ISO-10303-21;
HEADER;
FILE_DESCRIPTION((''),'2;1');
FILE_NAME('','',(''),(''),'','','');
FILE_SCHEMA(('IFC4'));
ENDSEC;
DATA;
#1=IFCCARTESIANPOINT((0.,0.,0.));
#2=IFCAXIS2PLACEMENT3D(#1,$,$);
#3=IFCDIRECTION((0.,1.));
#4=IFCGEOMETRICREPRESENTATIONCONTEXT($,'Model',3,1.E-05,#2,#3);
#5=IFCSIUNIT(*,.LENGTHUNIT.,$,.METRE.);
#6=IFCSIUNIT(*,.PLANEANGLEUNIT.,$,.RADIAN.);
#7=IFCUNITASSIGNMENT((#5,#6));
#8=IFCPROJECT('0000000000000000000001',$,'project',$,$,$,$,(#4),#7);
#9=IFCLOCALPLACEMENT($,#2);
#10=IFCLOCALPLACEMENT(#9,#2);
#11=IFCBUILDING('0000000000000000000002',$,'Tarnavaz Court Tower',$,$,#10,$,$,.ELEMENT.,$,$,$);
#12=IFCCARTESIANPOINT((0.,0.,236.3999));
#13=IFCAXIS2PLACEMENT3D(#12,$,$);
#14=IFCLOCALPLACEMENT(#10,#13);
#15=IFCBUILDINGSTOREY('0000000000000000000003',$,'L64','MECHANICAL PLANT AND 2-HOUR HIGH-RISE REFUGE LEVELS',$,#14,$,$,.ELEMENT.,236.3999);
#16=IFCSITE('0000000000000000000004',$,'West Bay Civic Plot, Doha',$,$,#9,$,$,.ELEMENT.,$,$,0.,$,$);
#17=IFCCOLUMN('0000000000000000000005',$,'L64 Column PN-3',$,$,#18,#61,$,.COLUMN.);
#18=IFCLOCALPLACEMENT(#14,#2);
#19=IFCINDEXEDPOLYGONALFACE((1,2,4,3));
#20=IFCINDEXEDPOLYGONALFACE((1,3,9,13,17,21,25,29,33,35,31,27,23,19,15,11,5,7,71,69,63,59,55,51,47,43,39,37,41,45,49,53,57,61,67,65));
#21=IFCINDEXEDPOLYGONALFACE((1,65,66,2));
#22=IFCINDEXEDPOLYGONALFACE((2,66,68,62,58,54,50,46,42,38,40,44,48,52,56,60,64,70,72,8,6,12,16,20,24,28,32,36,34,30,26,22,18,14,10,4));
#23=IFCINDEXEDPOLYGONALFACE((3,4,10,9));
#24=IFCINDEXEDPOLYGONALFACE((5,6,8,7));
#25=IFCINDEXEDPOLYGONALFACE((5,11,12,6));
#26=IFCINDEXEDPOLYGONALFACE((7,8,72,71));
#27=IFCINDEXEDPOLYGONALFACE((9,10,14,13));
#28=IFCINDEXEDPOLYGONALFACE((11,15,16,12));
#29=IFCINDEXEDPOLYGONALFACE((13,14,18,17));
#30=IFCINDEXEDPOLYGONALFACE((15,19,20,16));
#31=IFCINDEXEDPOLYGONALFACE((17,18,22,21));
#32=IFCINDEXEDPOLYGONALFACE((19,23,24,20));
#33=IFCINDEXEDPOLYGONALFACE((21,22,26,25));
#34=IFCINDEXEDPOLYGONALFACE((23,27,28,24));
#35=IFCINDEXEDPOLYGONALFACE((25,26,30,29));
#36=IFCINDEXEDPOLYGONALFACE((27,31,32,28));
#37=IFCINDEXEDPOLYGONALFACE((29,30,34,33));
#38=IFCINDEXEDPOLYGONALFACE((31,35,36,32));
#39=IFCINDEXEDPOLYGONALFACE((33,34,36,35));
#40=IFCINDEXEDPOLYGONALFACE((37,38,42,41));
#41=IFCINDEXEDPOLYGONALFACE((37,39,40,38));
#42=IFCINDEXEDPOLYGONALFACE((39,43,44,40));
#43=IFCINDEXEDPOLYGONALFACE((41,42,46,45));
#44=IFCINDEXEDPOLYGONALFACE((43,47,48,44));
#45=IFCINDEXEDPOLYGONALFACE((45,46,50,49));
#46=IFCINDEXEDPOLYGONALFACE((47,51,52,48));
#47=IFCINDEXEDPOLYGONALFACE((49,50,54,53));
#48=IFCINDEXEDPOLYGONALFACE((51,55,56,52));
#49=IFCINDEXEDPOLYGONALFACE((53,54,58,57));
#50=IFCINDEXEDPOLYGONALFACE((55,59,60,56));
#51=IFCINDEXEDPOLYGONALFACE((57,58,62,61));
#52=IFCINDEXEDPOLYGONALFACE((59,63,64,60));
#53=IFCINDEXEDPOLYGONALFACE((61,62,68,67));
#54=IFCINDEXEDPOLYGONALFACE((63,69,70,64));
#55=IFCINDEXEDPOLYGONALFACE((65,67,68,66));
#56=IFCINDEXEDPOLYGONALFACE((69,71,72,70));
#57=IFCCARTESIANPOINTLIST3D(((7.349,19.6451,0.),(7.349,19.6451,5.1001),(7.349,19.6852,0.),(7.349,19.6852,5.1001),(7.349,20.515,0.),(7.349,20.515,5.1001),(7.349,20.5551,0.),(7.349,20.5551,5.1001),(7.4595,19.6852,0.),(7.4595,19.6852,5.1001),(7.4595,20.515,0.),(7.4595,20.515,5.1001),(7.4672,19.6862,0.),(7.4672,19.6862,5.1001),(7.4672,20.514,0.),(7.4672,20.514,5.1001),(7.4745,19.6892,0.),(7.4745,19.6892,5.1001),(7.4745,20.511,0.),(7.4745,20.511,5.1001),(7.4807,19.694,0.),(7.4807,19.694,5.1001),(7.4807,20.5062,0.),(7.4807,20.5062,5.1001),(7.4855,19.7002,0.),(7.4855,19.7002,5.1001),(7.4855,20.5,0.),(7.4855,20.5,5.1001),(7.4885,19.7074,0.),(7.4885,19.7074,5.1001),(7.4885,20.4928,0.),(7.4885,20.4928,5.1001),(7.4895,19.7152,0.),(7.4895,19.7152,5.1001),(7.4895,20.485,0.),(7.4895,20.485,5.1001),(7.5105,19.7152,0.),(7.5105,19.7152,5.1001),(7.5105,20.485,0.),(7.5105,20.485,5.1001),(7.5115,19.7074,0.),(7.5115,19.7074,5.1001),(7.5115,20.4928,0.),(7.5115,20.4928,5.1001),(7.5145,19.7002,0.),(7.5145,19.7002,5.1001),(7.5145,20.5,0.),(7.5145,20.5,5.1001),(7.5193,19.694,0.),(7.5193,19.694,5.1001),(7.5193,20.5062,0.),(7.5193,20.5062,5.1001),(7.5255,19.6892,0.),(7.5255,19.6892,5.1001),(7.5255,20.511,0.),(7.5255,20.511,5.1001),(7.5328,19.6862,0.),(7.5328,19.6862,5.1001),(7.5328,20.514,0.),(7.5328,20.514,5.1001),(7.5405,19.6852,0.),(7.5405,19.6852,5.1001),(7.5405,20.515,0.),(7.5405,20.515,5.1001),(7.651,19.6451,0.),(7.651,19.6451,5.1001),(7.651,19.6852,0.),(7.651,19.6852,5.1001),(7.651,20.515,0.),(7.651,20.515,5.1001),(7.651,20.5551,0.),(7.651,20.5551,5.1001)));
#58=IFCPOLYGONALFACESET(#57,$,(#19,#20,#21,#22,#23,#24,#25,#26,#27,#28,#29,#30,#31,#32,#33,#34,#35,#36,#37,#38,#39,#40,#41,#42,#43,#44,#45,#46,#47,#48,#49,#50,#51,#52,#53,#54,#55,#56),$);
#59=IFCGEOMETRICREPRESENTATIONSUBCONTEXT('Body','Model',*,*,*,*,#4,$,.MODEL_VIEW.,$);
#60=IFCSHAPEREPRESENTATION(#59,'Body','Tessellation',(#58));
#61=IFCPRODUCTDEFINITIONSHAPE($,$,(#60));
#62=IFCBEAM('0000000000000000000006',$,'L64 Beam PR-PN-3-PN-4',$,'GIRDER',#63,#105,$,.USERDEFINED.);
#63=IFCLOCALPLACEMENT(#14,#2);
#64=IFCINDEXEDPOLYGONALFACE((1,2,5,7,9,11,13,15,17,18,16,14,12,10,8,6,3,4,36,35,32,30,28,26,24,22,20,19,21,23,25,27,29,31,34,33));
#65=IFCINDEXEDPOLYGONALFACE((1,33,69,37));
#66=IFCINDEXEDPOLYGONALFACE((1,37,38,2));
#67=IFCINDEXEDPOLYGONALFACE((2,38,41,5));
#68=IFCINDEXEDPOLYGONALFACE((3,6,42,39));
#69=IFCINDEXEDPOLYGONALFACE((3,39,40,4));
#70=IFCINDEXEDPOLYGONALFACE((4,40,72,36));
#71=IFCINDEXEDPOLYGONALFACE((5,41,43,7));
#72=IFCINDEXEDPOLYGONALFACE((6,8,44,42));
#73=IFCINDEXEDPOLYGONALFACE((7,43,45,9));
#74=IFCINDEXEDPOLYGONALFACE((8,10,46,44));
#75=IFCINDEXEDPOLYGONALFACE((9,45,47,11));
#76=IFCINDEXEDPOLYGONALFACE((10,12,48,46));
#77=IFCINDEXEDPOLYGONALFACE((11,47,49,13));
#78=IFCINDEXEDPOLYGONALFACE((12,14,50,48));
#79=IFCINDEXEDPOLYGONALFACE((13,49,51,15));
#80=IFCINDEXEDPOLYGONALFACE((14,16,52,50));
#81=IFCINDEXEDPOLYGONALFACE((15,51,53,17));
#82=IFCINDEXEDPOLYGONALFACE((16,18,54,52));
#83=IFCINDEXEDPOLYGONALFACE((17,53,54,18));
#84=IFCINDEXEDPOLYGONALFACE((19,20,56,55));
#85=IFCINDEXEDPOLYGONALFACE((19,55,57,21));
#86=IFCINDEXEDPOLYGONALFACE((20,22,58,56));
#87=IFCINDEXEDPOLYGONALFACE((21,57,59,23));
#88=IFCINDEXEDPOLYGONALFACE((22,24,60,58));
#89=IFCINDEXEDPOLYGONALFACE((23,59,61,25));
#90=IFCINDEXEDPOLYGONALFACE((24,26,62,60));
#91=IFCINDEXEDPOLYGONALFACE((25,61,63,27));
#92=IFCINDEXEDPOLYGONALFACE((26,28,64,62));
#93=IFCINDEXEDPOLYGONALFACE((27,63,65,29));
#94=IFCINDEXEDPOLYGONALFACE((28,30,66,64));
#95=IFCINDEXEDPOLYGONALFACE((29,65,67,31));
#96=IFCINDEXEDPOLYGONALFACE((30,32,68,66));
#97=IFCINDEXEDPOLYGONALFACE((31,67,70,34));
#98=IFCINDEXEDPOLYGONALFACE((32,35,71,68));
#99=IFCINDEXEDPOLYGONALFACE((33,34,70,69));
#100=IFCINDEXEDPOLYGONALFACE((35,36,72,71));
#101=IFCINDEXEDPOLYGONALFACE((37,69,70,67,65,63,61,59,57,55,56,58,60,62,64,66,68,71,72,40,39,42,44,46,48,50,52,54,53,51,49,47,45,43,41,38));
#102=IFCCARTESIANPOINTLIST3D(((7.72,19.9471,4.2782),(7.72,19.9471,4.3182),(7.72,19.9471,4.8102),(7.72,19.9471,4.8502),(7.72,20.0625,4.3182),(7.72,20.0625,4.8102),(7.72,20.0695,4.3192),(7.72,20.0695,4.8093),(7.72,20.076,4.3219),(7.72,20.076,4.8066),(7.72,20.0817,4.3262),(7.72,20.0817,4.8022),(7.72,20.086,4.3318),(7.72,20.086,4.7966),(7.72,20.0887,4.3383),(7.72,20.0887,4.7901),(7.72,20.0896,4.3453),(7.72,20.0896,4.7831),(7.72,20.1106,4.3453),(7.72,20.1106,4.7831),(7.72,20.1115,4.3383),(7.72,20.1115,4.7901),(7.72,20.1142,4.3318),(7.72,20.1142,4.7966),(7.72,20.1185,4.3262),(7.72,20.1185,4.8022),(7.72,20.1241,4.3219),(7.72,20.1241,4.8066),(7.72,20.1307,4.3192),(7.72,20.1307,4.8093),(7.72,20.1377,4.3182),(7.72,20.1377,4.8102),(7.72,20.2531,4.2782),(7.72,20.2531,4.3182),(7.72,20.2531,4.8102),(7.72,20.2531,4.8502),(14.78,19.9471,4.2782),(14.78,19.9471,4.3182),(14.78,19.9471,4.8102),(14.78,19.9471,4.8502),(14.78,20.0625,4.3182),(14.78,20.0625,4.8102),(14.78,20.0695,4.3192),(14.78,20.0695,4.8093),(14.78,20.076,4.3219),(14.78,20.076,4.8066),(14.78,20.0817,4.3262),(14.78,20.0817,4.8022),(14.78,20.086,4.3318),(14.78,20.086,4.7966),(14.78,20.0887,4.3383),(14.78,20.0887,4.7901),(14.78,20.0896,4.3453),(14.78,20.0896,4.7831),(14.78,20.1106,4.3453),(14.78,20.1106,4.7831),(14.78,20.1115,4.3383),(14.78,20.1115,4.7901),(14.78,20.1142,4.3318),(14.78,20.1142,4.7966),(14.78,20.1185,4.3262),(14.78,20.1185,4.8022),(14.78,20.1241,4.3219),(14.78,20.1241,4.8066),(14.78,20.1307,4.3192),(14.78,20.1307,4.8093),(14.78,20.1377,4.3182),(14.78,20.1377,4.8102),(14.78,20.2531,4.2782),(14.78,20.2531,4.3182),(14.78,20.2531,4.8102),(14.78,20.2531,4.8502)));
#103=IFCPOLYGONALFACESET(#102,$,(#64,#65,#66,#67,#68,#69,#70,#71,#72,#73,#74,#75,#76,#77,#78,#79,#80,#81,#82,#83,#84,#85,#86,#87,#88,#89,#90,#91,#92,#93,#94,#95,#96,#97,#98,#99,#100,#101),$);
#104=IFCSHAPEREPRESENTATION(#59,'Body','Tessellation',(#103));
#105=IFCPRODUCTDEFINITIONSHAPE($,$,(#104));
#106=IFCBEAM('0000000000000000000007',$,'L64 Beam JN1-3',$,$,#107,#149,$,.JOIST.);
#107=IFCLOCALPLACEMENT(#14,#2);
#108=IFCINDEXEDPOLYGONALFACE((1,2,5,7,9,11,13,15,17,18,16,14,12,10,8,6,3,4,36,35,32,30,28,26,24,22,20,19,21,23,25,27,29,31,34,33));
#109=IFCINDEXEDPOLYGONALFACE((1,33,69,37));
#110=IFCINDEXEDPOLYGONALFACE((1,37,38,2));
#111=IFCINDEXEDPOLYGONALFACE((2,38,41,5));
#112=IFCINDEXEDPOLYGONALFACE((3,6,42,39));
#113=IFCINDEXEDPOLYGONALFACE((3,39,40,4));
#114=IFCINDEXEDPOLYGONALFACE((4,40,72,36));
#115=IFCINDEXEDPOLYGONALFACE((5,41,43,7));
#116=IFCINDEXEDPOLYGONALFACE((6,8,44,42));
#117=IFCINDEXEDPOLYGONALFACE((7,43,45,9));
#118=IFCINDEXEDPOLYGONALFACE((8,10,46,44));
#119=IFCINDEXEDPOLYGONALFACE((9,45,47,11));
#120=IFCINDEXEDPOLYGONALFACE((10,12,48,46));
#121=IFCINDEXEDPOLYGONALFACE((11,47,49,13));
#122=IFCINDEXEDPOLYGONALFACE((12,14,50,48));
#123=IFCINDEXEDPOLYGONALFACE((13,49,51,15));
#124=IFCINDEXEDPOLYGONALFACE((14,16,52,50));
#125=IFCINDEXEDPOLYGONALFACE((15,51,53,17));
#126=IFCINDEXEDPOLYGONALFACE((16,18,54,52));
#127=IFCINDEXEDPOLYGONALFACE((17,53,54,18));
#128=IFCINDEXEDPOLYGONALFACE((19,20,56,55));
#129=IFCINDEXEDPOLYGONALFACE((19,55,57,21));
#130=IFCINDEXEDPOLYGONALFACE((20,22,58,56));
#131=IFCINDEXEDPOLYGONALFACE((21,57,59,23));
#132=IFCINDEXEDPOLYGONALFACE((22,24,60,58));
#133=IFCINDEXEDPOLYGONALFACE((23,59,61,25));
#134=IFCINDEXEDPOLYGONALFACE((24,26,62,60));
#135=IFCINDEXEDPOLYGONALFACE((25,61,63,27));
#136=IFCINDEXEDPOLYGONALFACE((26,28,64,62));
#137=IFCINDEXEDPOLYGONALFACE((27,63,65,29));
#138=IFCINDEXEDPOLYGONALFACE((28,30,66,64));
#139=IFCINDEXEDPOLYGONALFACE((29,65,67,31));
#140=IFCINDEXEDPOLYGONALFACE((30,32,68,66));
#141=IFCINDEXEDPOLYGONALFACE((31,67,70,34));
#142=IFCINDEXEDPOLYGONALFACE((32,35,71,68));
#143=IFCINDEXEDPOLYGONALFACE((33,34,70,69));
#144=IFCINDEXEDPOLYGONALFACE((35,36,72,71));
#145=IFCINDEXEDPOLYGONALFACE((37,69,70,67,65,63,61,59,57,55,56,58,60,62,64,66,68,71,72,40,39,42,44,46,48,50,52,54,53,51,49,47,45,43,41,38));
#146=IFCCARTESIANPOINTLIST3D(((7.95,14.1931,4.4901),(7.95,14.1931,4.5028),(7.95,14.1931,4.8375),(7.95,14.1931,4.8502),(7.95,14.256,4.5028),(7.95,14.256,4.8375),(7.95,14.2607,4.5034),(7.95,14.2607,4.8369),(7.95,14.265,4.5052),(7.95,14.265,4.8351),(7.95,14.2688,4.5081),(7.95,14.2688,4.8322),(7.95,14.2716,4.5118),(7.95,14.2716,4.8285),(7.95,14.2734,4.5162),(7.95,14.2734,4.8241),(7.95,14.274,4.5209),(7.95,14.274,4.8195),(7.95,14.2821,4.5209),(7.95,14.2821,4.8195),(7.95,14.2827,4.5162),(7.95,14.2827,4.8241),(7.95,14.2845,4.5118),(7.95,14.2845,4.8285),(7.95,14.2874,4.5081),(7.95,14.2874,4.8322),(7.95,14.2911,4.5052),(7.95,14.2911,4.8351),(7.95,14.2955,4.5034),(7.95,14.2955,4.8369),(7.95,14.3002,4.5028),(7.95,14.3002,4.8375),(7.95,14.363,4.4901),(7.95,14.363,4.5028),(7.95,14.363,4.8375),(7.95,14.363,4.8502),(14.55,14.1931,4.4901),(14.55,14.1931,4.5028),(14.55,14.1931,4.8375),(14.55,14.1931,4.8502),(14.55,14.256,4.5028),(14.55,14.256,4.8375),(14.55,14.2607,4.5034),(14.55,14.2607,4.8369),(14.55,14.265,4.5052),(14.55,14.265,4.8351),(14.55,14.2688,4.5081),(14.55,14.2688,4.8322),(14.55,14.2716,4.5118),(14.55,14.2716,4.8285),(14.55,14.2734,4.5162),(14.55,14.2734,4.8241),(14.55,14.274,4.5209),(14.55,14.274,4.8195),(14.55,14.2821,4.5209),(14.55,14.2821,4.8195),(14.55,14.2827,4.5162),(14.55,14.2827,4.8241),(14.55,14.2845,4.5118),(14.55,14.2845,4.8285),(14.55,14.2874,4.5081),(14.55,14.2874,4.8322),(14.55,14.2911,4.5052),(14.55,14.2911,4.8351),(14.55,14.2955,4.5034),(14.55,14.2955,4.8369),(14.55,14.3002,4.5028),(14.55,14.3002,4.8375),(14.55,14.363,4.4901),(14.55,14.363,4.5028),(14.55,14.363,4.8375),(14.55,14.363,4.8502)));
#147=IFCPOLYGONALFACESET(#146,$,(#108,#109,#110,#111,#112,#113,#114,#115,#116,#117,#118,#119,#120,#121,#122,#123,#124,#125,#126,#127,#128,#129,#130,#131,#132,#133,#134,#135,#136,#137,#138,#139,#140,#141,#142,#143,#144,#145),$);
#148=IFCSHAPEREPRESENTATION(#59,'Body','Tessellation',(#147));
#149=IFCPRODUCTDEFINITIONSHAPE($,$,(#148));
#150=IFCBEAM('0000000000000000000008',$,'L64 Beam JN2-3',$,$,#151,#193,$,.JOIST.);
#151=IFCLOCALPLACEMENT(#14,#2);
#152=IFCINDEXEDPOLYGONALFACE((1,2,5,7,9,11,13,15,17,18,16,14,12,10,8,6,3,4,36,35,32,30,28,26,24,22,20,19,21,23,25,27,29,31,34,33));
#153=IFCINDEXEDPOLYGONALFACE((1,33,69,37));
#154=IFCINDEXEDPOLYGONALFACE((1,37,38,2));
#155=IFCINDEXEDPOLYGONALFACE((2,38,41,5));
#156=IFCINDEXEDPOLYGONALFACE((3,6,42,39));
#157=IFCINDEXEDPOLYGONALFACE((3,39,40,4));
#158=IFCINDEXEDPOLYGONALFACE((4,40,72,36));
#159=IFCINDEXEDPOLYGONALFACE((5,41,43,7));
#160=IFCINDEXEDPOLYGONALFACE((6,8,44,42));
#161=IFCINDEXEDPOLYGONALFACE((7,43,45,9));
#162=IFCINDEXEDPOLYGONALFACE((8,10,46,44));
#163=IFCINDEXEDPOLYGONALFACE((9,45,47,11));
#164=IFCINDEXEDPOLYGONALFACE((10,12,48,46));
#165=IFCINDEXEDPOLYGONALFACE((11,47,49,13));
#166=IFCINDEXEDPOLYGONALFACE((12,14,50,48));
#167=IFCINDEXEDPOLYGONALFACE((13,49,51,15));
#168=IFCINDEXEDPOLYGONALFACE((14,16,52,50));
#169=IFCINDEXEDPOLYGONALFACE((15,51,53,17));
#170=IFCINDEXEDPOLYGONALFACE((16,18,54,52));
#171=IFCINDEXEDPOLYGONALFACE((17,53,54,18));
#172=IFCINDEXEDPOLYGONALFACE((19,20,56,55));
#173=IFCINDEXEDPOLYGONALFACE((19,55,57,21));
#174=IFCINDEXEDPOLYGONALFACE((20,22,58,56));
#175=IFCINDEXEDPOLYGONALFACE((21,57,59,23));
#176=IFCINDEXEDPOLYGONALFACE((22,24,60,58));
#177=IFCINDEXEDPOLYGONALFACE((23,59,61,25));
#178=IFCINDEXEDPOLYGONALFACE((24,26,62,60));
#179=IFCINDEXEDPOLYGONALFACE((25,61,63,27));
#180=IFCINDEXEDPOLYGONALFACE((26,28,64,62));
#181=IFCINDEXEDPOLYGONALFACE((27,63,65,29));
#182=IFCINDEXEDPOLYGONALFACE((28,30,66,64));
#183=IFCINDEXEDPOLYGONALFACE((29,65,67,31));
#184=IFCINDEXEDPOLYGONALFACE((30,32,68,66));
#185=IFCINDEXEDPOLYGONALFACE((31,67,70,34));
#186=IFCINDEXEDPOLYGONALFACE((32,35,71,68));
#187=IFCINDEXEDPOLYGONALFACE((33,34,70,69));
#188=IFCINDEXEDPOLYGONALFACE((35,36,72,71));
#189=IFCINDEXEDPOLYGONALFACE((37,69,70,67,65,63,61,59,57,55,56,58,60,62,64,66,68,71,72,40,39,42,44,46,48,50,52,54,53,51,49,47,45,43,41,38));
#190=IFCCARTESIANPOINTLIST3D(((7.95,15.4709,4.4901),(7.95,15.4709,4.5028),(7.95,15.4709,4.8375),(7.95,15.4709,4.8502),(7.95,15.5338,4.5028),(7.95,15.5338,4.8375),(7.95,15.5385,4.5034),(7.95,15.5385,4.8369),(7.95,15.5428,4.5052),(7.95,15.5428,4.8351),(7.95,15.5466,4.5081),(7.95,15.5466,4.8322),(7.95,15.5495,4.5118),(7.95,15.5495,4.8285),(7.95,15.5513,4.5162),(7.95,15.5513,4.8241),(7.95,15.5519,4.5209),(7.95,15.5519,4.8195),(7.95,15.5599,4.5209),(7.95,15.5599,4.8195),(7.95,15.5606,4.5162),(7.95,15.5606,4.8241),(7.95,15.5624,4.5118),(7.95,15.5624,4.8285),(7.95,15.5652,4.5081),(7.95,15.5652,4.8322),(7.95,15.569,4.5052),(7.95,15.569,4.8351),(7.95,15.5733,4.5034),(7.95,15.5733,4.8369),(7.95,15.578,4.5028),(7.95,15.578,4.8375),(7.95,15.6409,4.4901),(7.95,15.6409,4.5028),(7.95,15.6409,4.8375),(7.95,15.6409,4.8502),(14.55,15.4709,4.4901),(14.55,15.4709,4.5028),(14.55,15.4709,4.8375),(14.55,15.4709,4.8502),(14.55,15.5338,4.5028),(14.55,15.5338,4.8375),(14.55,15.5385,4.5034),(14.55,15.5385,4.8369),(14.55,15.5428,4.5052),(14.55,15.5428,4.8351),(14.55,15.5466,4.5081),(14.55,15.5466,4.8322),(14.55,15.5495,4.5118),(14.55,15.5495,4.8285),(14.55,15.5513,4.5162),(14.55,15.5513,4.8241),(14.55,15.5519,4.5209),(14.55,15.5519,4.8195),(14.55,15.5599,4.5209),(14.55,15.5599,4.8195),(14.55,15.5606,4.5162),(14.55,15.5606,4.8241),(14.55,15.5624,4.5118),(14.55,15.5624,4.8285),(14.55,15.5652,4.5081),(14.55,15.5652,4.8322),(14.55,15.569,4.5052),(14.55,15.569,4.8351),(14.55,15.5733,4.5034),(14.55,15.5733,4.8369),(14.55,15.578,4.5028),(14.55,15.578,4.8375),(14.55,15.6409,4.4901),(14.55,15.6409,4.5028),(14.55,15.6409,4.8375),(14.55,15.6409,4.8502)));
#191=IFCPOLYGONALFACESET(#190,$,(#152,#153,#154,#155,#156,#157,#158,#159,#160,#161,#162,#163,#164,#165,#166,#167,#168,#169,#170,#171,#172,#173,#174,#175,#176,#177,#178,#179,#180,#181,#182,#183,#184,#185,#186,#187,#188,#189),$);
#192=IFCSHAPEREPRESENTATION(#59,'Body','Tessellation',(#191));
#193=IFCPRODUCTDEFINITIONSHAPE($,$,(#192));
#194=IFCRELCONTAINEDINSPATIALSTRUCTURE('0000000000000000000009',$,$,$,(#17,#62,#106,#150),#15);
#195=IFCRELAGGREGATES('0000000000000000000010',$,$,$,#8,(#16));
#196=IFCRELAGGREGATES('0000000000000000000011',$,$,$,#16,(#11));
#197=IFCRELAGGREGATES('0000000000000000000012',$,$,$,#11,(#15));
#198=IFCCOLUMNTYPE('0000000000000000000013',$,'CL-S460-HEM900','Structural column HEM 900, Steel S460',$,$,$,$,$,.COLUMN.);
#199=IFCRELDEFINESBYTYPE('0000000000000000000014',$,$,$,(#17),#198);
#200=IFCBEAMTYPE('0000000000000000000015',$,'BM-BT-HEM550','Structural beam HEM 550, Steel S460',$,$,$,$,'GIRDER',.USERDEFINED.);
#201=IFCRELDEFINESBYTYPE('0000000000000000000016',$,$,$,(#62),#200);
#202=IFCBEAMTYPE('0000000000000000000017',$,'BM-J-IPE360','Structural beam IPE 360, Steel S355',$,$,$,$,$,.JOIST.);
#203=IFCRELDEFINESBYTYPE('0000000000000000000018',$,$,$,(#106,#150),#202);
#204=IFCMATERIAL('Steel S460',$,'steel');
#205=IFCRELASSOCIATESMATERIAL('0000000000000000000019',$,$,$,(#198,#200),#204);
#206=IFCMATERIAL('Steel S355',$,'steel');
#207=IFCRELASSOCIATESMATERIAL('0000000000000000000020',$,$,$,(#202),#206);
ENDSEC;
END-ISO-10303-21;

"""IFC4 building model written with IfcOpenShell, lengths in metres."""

from ifc_helpers import new_model, si_unit, direction, frame, origin, origin_2d, place, context, subcontext, project, spatial, i_section, extrude, material, material_profile, profile_set, type_object, element, save


model = new_model("IFC4")

# Units and contexts
model_context = context("Model", 3, precision=1e-05, world=origin(), true_north=direction((0.0, 1.0)))
body_context = subcontext(model_context, "Body", "Model", "MODEL_VIEW")
ifc_project = project(units=[si_unit("LENGTHUNIT", "METRE"), si_unit("PLANEANGLEUNIT", "RADIAN")], contexts=[model_context])

# Site, building, storey
site_placement = place(None, origin())
site = spatial("IfcSite", under=ifc_project, at=site_placement, Name="West Bay Civic Plot, Doha", CompositionType="ELEMENT", RefElevation=0.0)
building_placement = place(site_placement, origin())
building = spatial("IfcBuilding", under=site, at=building_placement, Name="Tarnavaz Court Tower", CompositionType="ELEMENT")
storey_placement = place(building_placement, frame((0.0, 0.0, 236.3999)))
storey = spatial("IfcBuildingStorey", under=building, at=storey_placement, Name="L64", Description="MECHANICAL PLANT AND 2-HOUR HIGH-RISE REFUGE LEVELS", CompositionType="ELEMENT", Elevation=236.3999)

# Column
ifc_material_1 = material(Name="Steel S460", Category="steel")
ifc_material_profile_1 = material_profile(ifc_material_1, i_section(OverallWidth=0.302, OverallDepth=0.9099, WebThickness=0.021, FlangeThickness=0.04, FilletRadius=0.03, at=origin_2d()), Name="HEM 900")
ifc_profile_set_1 = profile_set([ifc_material_profile_1], Name="Steel S460")
column_type = type_object("IfcColumnType", Name="CL-S460-HEM900", Description="Structural column HEM 900, Steel S460", PredefinedType="COLUMN", material=ifc_profile_set_1)
column_placement = place(storey_placement, frame((7.5, 20.1001, 0.0), z_axis=(0.0, 0.0, 1.0), x_axis=(1.0, 0.0, 0.0)))
element("IfcColumn", 1, at=column_placement, inside=storey, type_object=column_type, Name="L64 Column PN-3", PredefinedType="COLUMN", context=body_context, shape_type="SweptSolid", body=[
    extrude(i_section(OverallWidth=0.302, OverallDepth=0.9099, WebThickness=0.021, FlangeThickness=0.04, FilletRadius=0.03, at=origin_2d()), origin(), (0.0, 0.0, 1.0), 5.1001),
])

# Beams
ifc_material_profile_2 = material_profile(ifc_material_1, i_section(OverallWidth=0.3059, OverallDepth=0.572, WebThickness=0.021, FlangeThickness=0.04, FilletRadius=0.0271, at=origin_2d()), Name="HEM 550")
ifc_profile_set_2 = profile_set([ifc_material_profile_2], Name="Steel S460")
beam_type_1 = type_object("IfcBeamType", Name="BM-BT-HEM550", Description="Structural beam HEM 550, Steel S460", ElementType="GIRDER", PredefinedType="USERDEFINED", material=ifc_profile_set_2)
beam_placement = place(storey_placement, frame((7.72, 20.1001, 4.5642), z_axis=(1.0, 0.0, 0.0), x_axis=(0.0, 1.0, 0.0)))
element("IfcBeam", 2, at=beam_placement, inside=storey, type_object=beam_type_1, Name="L64 Beam PR-PN-3-PN-4", ObjectType="GIRDER", PredefinedType="USERDEFINED", context=body_context, shape_type="SweptSolid", body=[
    extrude(i_section(OverallWidth=0.3059, OverallDepth=0.572, WebThickness=0.021, FlangeThickness=0.04, FilletRadius=0.0271, at=origin_2d()), origin(), (0.0, 0.0, 1.0), 7.0601),
])
ifc_material_2 = material(Name="Steel S355", Category="steel")
ifc_material_profile_3 = material_profile(ifc_material_2, i_section(OverallWidth=0.1699, OverallDepth=0.3601, WebThickness=0.0081, FlangeThickness=0.0127, FilletRadius=0.0181, at=origin_2d()), Name="IPE 360")
ifc_profile_set_3 = profile_set([ifc_material_profile_3], Name="Steel S355")
beam_type_2 = type_object("IfcBeamType", Name="BM-J-IPE360", Description="Structural beam IPE 360, Steel S355", PredefinedType="JOIST", material=ifc_profile_set_3)
for number, where, z_axis, x_axis, name in (
    (3, (7.95, 14.2781, 4.6702), (1.0, 0.0, 0.0), (0.0, 1.0, 0.0), "L64 Beam JN1-3"),
    (4, (7.95, 15.5559, 4.6702), (1.0, 0.0, 0.0), (0.0, 1.0, 0.0), "L64 Beam JN2-3"),
):
    element("IfcBeam", number, at=place(storey_placement, frame(where, z_axis=z_axis, x_axis=x_axis)), inside=storey, type_object=beam_type_2, Name=name, PredefinedType="JOIST", context=body_context, shape_type="SweptSolid", body=[
        extrude(i_section(OverallWidth=0.1699, OverallDepth=0.3601, WebThickness=0.0081, FlangeThickness=0.0127, FilletRadius=0.0181, at=origin_2d()), origin(), (0.0, 0.0, 1.0), 6.6001),
    ])

save(model, "model.ifc")
